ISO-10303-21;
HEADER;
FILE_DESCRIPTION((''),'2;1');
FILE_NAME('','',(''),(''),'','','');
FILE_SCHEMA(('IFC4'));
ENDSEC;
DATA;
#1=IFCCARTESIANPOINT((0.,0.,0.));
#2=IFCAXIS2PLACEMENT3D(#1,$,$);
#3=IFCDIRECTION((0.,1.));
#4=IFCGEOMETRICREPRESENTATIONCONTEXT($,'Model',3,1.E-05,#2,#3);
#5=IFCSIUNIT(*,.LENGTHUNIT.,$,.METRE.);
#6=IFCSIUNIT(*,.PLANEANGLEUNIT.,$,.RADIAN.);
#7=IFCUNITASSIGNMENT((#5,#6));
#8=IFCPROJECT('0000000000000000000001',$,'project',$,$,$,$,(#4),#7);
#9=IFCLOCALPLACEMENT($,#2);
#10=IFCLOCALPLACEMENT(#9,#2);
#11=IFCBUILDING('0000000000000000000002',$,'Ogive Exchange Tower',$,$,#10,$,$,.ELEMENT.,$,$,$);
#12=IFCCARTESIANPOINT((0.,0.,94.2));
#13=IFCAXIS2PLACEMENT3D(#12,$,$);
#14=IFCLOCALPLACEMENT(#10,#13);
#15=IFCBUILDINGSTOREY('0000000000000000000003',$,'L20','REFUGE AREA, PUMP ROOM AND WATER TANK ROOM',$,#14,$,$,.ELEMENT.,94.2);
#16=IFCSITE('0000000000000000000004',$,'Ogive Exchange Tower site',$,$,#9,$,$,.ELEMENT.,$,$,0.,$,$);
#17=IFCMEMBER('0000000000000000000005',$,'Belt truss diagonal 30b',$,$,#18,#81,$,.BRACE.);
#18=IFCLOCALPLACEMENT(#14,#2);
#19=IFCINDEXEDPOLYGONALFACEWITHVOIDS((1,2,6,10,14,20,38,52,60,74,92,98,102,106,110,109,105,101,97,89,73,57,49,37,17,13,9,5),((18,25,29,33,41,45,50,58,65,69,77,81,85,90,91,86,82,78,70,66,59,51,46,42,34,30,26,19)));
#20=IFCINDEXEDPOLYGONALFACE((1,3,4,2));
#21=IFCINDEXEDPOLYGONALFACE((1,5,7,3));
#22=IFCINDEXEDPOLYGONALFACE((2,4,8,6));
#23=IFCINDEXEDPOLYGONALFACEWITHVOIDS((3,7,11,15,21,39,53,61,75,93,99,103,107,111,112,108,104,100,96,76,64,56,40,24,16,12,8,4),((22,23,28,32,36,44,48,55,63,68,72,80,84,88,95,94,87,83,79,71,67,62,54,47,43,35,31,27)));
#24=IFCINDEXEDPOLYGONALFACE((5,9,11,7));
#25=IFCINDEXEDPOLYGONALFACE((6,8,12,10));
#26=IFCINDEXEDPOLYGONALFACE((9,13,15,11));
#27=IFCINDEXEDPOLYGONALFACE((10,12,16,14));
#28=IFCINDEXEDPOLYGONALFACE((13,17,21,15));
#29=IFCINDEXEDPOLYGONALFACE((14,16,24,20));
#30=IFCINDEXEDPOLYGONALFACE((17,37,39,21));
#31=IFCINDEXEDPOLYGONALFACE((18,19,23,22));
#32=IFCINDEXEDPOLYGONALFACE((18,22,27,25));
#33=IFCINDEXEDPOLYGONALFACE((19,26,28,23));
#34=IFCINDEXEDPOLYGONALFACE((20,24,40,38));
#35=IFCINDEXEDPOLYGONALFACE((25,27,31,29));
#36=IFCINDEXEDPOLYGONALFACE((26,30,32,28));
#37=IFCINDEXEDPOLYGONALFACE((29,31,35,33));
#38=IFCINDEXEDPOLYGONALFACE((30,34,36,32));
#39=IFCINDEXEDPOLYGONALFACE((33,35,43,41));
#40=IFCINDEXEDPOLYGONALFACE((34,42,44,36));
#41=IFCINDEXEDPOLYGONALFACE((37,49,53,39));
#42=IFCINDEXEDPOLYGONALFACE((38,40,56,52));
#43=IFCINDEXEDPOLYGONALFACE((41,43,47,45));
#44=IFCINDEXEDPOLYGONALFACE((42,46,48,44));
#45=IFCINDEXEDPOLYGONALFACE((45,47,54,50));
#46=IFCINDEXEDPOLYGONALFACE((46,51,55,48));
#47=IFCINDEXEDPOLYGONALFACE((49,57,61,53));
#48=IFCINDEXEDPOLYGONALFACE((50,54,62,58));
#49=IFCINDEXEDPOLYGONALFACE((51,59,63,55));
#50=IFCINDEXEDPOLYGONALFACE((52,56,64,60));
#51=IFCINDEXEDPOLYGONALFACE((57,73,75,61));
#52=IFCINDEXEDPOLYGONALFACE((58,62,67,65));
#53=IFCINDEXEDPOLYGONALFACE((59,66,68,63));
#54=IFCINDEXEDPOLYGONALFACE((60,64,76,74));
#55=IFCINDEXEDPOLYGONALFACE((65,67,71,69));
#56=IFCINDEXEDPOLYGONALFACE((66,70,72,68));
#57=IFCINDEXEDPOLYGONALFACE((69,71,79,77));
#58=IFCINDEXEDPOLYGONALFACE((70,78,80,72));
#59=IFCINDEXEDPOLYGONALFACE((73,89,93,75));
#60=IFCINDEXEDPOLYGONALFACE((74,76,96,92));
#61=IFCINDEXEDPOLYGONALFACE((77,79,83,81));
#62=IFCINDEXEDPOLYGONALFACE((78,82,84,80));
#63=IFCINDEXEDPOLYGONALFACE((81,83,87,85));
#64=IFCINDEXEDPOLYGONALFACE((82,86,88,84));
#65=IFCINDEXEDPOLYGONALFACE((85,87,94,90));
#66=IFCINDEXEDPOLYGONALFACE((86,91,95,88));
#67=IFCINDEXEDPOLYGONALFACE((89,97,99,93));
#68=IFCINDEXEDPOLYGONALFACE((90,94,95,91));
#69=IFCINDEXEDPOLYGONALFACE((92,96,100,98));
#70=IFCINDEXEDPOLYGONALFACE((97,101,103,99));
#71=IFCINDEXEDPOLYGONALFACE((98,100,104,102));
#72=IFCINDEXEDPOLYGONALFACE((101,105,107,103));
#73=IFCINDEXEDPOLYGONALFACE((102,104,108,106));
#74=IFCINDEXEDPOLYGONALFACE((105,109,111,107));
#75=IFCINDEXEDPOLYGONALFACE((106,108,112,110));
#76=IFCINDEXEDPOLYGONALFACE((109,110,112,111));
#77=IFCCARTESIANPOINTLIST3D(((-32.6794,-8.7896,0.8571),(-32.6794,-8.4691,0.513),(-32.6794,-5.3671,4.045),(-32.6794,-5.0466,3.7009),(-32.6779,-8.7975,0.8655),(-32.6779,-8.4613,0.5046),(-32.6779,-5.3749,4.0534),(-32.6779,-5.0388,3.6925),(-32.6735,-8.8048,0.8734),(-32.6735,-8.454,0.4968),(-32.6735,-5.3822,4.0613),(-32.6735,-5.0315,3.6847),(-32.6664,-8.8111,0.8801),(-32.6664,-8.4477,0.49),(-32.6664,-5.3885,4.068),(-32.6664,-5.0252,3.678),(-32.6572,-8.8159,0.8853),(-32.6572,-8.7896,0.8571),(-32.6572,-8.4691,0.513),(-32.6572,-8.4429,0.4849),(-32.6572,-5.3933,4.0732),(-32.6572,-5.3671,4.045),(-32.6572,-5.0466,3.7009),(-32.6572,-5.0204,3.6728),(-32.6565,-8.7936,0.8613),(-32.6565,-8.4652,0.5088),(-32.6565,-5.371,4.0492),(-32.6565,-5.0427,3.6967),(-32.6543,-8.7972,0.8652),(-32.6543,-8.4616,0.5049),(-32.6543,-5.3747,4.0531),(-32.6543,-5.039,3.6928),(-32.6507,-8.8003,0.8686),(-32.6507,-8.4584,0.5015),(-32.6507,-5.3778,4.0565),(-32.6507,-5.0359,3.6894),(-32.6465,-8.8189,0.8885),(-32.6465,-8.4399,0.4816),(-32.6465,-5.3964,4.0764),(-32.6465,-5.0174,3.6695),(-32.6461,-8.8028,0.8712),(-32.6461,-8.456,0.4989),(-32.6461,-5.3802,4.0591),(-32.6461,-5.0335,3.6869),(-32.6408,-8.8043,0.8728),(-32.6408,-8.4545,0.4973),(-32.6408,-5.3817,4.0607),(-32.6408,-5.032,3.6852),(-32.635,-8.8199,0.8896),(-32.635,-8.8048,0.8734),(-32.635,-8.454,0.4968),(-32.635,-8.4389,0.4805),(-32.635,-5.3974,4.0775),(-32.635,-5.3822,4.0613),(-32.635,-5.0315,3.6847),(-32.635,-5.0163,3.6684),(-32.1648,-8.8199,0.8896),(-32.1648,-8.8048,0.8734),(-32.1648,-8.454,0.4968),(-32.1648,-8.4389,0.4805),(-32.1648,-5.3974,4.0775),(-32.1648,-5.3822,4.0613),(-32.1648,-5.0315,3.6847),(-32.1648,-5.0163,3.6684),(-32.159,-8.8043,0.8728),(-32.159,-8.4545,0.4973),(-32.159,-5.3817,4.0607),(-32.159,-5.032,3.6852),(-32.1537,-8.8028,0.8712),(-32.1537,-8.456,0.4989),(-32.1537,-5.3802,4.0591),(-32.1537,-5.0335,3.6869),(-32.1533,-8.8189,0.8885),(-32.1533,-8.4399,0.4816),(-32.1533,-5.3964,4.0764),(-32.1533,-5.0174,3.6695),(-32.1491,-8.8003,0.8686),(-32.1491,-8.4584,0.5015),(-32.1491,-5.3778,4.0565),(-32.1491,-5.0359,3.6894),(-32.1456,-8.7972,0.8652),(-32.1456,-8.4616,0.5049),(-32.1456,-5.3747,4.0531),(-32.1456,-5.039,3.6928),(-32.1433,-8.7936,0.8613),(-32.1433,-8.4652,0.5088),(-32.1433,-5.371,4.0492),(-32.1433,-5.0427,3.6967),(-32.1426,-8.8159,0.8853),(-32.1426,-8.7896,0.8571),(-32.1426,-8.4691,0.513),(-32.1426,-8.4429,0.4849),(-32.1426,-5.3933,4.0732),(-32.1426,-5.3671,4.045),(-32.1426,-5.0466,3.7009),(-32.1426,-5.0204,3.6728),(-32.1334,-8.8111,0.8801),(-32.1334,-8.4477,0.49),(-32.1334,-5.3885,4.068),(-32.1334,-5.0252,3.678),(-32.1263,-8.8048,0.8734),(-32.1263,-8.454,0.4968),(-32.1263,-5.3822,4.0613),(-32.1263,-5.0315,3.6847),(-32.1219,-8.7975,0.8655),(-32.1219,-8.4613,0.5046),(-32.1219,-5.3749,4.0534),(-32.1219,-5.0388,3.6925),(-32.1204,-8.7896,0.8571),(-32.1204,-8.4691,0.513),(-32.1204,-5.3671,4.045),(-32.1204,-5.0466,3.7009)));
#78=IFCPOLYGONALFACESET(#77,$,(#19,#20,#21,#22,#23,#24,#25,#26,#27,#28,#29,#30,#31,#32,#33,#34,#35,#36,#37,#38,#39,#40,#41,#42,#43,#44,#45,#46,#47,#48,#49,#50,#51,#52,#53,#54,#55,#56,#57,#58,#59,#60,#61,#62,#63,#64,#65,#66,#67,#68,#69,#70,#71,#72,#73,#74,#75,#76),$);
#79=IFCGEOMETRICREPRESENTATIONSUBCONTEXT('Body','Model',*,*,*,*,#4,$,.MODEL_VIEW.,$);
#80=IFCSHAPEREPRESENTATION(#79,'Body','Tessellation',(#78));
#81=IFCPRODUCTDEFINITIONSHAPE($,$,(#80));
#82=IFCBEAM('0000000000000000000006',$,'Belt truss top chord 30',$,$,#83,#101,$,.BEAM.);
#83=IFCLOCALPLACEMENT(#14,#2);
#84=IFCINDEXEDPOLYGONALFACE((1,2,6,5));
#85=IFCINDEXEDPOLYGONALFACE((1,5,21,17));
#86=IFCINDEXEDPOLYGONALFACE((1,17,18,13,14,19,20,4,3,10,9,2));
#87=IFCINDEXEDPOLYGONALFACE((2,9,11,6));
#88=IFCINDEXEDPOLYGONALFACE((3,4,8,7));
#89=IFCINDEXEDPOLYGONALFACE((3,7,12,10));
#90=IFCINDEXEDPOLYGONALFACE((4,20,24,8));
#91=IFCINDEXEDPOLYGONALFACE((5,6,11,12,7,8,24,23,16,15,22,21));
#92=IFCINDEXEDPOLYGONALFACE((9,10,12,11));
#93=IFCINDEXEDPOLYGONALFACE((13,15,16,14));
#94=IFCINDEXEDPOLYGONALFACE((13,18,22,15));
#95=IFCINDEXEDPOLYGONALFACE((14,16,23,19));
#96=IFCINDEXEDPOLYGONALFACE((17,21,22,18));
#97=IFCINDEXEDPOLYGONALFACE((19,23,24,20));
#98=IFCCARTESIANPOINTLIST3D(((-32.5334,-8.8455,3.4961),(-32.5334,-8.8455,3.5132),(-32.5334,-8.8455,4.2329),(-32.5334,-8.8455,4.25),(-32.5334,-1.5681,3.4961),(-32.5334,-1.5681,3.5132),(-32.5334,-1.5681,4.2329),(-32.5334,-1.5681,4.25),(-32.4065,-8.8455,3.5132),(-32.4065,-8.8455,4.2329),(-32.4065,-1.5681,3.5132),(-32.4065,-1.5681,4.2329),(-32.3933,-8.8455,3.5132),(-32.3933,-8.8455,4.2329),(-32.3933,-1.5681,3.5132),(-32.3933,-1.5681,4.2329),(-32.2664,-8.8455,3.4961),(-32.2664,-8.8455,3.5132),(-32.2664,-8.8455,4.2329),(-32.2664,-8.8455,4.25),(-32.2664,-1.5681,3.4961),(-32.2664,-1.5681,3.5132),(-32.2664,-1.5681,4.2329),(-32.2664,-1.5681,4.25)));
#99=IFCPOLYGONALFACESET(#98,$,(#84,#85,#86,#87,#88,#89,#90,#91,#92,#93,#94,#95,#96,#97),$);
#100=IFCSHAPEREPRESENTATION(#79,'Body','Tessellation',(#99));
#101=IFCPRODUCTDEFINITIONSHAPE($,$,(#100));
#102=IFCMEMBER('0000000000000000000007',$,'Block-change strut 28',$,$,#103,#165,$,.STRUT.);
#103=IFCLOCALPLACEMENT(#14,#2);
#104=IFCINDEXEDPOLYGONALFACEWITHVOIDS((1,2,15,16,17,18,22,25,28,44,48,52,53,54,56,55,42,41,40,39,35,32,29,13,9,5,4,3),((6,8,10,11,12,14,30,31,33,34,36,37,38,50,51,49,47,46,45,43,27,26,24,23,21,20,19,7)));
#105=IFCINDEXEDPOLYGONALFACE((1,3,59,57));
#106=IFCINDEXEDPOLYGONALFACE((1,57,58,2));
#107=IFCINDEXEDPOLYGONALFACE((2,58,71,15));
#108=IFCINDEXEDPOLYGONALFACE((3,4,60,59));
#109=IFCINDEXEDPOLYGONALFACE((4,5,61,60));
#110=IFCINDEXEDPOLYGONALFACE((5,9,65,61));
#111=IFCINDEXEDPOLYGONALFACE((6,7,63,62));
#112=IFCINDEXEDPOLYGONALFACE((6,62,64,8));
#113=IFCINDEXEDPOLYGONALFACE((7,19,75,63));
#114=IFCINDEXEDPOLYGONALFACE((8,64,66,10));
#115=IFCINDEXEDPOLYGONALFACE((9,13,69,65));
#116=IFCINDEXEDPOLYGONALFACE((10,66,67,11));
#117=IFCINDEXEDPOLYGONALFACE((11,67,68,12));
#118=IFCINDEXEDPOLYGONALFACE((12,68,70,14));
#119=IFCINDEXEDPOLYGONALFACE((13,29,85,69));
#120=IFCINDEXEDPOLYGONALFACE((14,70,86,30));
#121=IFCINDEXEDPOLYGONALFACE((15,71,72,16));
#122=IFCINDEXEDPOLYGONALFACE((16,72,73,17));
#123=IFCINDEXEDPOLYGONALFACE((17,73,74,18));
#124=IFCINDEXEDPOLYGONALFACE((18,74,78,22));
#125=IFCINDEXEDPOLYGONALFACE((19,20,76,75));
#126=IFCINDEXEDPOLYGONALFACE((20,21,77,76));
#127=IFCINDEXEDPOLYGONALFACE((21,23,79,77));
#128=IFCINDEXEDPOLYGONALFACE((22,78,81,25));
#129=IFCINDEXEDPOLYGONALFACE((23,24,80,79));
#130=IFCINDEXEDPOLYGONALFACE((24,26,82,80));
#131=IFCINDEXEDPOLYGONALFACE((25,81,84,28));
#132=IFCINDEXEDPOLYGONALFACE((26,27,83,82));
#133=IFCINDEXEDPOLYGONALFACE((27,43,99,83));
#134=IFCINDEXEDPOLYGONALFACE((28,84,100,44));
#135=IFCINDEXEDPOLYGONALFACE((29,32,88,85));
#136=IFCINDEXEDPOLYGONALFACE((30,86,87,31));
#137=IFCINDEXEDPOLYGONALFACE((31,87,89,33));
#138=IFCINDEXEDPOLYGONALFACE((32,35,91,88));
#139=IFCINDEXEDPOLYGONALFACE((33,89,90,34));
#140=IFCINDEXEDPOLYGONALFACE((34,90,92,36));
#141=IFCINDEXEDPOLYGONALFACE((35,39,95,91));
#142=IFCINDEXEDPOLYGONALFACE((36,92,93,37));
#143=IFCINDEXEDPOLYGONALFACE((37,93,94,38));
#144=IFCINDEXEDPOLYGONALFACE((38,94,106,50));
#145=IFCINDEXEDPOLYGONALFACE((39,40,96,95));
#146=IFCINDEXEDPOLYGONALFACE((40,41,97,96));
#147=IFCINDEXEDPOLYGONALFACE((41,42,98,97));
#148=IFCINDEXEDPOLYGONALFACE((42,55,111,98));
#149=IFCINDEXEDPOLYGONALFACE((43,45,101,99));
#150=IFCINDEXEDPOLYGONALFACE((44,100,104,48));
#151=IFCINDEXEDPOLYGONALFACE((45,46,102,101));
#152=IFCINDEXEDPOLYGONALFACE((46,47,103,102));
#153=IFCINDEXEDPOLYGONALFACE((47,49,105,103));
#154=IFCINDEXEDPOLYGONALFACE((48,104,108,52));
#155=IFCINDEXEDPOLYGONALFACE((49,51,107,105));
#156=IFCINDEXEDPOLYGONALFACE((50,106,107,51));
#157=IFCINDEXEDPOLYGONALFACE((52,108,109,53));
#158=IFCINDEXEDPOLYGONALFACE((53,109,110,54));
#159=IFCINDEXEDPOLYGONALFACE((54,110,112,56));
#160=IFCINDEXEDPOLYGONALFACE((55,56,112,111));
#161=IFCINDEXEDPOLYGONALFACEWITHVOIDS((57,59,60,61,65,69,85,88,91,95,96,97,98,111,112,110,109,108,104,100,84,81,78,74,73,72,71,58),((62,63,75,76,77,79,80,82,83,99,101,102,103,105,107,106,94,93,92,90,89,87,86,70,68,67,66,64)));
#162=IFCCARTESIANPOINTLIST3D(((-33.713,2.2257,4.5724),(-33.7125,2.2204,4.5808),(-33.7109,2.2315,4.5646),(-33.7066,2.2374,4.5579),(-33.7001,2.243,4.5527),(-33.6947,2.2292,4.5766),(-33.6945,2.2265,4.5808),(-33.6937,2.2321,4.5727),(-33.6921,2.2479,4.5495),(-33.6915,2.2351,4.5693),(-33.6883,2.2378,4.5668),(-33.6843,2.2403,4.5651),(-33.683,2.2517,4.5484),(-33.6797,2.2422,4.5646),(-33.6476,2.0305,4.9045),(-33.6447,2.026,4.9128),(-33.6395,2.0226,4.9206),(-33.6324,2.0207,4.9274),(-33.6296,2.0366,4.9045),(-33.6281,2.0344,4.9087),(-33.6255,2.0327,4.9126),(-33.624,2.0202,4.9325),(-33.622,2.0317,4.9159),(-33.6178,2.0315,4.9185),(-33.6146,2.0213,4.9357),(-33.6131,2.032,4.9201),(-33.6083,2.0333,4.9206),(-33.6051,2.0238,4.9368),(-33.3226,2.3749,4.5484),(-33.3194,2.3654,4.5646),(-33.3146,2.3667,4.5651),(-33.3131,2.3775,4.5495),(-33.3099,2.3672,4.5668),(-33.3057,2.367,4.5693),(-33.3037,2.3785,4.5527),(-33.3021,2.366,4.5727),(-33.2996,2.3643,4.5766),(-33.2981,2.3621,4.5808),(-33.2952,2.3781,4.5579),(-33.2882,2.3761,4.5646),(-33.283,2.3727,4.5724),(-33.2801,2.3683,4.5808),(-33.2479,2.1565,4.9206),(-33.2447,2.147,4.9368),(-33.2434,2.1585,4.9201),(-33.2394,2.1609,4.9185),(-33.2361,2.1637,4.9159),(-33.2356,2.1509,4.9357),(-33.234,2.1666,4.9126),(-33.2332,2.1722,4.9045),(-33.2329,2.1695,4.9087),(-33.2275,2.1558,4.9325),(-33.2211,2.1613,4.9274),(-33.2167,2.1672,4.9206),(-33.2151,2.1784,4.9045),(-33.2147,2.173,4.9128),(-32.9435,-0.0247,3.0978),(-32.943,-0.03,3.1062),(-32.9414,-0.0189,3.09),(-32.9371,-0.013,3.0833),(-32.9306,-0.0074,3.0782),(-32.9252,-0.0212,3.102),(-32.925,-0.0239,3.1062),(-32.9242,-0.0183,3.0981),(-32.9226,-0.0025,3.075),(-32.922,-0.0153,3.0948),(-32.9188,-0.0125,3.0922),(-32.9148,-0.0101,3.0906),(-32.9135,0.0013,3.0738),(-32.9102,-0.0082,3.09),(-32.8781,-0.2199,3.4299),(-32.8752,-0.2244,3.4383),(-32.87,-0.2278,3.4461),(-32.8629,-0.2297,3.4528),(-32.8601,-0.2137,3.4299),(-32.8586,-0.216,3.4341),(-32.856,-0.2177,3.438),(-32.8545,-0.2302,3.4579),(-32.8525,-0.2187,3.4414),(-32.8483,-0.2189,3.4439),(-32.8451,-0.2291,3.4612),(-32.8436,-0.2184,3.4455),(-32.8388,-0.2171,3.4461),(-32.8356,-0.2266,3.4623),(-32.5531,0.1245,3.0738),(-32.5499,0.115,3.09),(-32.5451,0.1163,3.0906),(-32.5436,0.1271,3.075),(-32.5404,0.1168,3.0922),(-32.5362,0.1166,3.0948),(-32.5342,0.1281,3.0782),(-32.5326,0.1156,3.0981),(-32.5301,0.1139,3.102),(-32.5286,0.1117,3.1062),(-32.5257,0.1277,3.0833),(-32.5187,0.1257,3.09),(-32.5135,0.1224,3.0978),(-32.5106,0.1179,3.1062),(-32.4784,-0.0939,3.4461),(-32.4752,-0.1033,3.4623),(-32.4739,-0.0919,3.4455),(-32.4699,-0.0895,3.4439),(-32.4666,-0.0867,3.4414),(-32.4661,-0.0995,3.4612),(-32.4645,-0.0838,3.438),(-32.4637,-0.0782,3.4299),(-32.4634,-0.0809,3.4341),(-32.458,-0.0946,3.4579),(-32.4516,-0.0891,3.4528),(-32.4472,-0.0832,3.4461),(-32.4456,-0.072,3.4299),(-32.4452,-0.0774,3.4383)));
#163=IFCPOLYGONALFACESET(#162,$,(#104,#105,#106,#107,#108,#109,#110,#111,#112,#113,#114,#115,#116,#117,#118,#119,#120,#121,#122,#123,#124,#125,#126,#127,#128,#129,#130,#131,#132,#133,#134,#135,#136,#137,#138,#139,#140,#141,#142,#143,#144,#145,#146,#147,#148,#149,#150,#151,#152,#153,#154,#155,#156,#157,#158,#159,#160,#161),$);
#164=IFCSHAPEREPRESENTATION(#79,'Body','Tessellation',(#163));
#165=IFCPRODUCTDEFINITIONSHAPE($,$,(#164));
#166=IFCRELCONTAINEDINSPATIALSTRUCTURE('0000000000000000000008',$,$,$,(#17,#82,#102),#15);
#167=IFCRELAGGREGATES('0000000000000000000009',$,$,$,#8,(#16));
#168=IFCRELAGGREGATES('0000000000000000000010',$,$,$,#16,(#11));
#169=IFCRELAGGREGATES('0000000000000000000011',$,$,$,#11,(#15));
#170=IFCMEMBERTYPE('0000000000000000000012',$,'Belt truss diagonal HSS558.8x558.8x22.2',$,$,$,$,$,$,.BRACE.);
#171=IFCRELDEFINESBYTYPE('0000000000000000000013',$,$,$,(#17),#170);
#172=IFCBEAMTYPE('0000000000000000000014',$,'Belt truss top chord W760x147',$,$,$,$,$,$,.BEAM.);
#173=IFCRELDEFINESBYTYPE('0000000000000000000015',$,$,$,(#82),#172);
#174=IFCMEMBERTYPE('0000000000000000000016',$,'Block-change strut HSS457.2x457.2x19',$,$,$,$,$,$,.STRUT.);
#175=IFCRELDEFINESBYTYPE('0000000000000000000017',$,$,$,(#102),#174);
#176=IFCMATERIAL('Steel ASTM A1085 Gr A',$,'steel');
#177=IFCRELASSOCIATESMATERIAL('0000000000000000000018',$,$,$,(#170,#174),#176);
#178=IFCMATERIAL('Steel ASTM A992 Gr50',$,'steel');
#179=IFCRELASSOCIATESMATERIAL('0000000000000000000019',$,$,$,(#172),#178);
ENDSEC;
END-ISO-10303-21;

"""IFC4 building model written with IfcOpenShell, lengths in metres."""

from ifc_helpers import new_model, si_unit, direction, frame, origin, origin_2d, place, context, subcontext, project, spatial, hollow_rectangle, i_section, extrude, material, material_profile, profile_set, type_object, element, save


model = new_model("IFC4")

# Units and contexts
model_context = context("Model", 3, precision=1e-05, world=origin(), true_north=direction((0.0, 1.0)))
body_context = subcontext(model_context, "Body", "Model", "MODEL_VIEW")
ifc_project = project(units=[si_unit("LENGTHUNIT", "METRE"), si_unit("PLANEANGLEUNIT", "RADIAN")], contexts=[model_context])

# Site, building, storey
site_placement = place(None, origin())
site = spatial("IfcSite", under=ifc_project, at=site_placement, Name="Ogive Exchange Tower site", CompositionType="ELEMENT", RefElevation=0.0)
building_placement = place(site_placement, origin())
building = spatial("IfcBuilding", under=site, at=building_placement, Name="Ogive Exchange Tower", CompositionType="ELEMENT")
storey_placement = place(building_placement, frame((0.0, 0.0, 94.2)))
storey = spatial("IfcBuildingStorey", under=building, at=storey_placement, Name="L20", Description="REFUGE AREA, PUMP ROOM AND WATER TANK ROOM", CompositionType="ELEMENT", Elevation=94.2)

# Shared definitions
ifc_material_1 = material(Name="Steel ASTM A992 Gr50", Category="steel")

# Member
ifc_material_2 = material(Name="Steel ASTM A1085 Gr A", Category="steel")
ifc_material_profile_1 = material_profile(ifc_material_2, hollow_rectangle(XDim=0.5591, YDim=0.5591, WallThickness=0.0222, InnerFilletRadius=0.0222, OuterFilletRadius=0.0444, at=origin_2d()), Name="HSS558.8x558.8x22.2")
ifc_profile_set_1 = profile_set([ifc_material_profile_1], Name="Steel ASTM A1085 Gr A")
member_type_1 = type_object("IfcMemberType", Name="Belt truss diagonal HSS558.8x558.8x22.2", PredefinedType="BRACE", material=ifc_profile_set_1)
member_1_placement = place(storey_placement, frame((-32.3999, -8.6294, 0.6851), z_axis=(0.0, 0.731742, 0.681581), x_axis=(-1.0, 0.0, 0.0)))
element("IfcMember", 1, at=member_1_placement, inside=storey, type_object=member_type_1, Name="Belt truss diagonal 30b", PredefinedType="BRACE", context=body_context, shape_type="SweptSolid", body=[
    extrude(hollow_rectangle(XDim=0.5591, YDim=0.5591, WallThickness=0.0222, InnerFilletRadius=0.0222, OuterFilletRadius=0.0444, at=origin_2d()), origin(), (0.0, 0.0, 1.0), 4.6772),
])

# Beam
ifc_material_profile_2 = material_profile(ifc_material_1, i_section(OverallWidth=0.2671, OverallDepth=0.7539, WebThickness=0.0132, FlangeThickness=0.0171, at=origin_2d()), Name="W760x147")
ifc_profile_set_2 = profile_set([ifc_material_profile_2], Name="Steel ASTM A992 Gr50")
beam_type_1 = type_object("IfcBeamType", Name="Belt truss top chord W760x147", PredefinedType="BEAM", material=ifc_profile_set_2)
beam_1_placement = place(storey_placement, frame((-32.3999, -1.5681, 3.873), z_axis=(0.0, -1.0, 0.0), x_axis=(1.0, 0.0, 0.0)))
element("IfcBeam", 2, at=beam_1_placement, inside=storey, type_object=beam_type_1, Name="Belt truss top chord 30", PredefinedType="BEAM", context=body_context, shape_type="SweptSolid", body=[
    extrude(i_section(OverallWidth=0.2671, OverallDepth=0.7539, WebThickness=0.0132, FlangeThickness=0.0171, at=origin_2d()), origin(), (0.0, 0.0, 1.0), 7.2773),
])

# Member
ifc_material_profile_3 = material_profile(ifc_material_2, hollow_rectangle(XDim=0.457, YDim=0.457, WallThickness=0.019, InnerFilletRadius=0.019, OuterFilletRadius=0.0381, at=origin_2d()), Name="HSS457.2x457.2x19")
ifc_profile_set_3 = profile_set([ifc_material_profile_3], Name="Steel ASTM A1085 Gr A")
member_type_2 = type_object("IfcMemberType", Name="Block-change strut HSS457.2x457.2x19", PredefinedType="STRUT", material=ifc_profile_set_3)
member_2_placement = place(storey_placement, frame((-32.6943, -0.051, 3.2681), z_axis=(-0.274984, 0.80419, 0.526937), x_axis=(-0.946212, -0.323547, 0.0)))
element("IfcMember", 3, at=member_2_placement, inside=storey, type_object=member_type_2, Name="Block-change strut 28", PredefinedType="STRUT", context=body_context, shape_type="SweptSolid", body=[
    extrude(hollow_rectangle(XDim=0.457, YDim=0.457, WallThickness=0.019, InnerFilletRadius=0.019, OuterFilletRadius=0.0381, at=origin_2d()), origin(), (0.0, 0.0, 1.0), 2.7983),
])

save(model, "model.ifc")
